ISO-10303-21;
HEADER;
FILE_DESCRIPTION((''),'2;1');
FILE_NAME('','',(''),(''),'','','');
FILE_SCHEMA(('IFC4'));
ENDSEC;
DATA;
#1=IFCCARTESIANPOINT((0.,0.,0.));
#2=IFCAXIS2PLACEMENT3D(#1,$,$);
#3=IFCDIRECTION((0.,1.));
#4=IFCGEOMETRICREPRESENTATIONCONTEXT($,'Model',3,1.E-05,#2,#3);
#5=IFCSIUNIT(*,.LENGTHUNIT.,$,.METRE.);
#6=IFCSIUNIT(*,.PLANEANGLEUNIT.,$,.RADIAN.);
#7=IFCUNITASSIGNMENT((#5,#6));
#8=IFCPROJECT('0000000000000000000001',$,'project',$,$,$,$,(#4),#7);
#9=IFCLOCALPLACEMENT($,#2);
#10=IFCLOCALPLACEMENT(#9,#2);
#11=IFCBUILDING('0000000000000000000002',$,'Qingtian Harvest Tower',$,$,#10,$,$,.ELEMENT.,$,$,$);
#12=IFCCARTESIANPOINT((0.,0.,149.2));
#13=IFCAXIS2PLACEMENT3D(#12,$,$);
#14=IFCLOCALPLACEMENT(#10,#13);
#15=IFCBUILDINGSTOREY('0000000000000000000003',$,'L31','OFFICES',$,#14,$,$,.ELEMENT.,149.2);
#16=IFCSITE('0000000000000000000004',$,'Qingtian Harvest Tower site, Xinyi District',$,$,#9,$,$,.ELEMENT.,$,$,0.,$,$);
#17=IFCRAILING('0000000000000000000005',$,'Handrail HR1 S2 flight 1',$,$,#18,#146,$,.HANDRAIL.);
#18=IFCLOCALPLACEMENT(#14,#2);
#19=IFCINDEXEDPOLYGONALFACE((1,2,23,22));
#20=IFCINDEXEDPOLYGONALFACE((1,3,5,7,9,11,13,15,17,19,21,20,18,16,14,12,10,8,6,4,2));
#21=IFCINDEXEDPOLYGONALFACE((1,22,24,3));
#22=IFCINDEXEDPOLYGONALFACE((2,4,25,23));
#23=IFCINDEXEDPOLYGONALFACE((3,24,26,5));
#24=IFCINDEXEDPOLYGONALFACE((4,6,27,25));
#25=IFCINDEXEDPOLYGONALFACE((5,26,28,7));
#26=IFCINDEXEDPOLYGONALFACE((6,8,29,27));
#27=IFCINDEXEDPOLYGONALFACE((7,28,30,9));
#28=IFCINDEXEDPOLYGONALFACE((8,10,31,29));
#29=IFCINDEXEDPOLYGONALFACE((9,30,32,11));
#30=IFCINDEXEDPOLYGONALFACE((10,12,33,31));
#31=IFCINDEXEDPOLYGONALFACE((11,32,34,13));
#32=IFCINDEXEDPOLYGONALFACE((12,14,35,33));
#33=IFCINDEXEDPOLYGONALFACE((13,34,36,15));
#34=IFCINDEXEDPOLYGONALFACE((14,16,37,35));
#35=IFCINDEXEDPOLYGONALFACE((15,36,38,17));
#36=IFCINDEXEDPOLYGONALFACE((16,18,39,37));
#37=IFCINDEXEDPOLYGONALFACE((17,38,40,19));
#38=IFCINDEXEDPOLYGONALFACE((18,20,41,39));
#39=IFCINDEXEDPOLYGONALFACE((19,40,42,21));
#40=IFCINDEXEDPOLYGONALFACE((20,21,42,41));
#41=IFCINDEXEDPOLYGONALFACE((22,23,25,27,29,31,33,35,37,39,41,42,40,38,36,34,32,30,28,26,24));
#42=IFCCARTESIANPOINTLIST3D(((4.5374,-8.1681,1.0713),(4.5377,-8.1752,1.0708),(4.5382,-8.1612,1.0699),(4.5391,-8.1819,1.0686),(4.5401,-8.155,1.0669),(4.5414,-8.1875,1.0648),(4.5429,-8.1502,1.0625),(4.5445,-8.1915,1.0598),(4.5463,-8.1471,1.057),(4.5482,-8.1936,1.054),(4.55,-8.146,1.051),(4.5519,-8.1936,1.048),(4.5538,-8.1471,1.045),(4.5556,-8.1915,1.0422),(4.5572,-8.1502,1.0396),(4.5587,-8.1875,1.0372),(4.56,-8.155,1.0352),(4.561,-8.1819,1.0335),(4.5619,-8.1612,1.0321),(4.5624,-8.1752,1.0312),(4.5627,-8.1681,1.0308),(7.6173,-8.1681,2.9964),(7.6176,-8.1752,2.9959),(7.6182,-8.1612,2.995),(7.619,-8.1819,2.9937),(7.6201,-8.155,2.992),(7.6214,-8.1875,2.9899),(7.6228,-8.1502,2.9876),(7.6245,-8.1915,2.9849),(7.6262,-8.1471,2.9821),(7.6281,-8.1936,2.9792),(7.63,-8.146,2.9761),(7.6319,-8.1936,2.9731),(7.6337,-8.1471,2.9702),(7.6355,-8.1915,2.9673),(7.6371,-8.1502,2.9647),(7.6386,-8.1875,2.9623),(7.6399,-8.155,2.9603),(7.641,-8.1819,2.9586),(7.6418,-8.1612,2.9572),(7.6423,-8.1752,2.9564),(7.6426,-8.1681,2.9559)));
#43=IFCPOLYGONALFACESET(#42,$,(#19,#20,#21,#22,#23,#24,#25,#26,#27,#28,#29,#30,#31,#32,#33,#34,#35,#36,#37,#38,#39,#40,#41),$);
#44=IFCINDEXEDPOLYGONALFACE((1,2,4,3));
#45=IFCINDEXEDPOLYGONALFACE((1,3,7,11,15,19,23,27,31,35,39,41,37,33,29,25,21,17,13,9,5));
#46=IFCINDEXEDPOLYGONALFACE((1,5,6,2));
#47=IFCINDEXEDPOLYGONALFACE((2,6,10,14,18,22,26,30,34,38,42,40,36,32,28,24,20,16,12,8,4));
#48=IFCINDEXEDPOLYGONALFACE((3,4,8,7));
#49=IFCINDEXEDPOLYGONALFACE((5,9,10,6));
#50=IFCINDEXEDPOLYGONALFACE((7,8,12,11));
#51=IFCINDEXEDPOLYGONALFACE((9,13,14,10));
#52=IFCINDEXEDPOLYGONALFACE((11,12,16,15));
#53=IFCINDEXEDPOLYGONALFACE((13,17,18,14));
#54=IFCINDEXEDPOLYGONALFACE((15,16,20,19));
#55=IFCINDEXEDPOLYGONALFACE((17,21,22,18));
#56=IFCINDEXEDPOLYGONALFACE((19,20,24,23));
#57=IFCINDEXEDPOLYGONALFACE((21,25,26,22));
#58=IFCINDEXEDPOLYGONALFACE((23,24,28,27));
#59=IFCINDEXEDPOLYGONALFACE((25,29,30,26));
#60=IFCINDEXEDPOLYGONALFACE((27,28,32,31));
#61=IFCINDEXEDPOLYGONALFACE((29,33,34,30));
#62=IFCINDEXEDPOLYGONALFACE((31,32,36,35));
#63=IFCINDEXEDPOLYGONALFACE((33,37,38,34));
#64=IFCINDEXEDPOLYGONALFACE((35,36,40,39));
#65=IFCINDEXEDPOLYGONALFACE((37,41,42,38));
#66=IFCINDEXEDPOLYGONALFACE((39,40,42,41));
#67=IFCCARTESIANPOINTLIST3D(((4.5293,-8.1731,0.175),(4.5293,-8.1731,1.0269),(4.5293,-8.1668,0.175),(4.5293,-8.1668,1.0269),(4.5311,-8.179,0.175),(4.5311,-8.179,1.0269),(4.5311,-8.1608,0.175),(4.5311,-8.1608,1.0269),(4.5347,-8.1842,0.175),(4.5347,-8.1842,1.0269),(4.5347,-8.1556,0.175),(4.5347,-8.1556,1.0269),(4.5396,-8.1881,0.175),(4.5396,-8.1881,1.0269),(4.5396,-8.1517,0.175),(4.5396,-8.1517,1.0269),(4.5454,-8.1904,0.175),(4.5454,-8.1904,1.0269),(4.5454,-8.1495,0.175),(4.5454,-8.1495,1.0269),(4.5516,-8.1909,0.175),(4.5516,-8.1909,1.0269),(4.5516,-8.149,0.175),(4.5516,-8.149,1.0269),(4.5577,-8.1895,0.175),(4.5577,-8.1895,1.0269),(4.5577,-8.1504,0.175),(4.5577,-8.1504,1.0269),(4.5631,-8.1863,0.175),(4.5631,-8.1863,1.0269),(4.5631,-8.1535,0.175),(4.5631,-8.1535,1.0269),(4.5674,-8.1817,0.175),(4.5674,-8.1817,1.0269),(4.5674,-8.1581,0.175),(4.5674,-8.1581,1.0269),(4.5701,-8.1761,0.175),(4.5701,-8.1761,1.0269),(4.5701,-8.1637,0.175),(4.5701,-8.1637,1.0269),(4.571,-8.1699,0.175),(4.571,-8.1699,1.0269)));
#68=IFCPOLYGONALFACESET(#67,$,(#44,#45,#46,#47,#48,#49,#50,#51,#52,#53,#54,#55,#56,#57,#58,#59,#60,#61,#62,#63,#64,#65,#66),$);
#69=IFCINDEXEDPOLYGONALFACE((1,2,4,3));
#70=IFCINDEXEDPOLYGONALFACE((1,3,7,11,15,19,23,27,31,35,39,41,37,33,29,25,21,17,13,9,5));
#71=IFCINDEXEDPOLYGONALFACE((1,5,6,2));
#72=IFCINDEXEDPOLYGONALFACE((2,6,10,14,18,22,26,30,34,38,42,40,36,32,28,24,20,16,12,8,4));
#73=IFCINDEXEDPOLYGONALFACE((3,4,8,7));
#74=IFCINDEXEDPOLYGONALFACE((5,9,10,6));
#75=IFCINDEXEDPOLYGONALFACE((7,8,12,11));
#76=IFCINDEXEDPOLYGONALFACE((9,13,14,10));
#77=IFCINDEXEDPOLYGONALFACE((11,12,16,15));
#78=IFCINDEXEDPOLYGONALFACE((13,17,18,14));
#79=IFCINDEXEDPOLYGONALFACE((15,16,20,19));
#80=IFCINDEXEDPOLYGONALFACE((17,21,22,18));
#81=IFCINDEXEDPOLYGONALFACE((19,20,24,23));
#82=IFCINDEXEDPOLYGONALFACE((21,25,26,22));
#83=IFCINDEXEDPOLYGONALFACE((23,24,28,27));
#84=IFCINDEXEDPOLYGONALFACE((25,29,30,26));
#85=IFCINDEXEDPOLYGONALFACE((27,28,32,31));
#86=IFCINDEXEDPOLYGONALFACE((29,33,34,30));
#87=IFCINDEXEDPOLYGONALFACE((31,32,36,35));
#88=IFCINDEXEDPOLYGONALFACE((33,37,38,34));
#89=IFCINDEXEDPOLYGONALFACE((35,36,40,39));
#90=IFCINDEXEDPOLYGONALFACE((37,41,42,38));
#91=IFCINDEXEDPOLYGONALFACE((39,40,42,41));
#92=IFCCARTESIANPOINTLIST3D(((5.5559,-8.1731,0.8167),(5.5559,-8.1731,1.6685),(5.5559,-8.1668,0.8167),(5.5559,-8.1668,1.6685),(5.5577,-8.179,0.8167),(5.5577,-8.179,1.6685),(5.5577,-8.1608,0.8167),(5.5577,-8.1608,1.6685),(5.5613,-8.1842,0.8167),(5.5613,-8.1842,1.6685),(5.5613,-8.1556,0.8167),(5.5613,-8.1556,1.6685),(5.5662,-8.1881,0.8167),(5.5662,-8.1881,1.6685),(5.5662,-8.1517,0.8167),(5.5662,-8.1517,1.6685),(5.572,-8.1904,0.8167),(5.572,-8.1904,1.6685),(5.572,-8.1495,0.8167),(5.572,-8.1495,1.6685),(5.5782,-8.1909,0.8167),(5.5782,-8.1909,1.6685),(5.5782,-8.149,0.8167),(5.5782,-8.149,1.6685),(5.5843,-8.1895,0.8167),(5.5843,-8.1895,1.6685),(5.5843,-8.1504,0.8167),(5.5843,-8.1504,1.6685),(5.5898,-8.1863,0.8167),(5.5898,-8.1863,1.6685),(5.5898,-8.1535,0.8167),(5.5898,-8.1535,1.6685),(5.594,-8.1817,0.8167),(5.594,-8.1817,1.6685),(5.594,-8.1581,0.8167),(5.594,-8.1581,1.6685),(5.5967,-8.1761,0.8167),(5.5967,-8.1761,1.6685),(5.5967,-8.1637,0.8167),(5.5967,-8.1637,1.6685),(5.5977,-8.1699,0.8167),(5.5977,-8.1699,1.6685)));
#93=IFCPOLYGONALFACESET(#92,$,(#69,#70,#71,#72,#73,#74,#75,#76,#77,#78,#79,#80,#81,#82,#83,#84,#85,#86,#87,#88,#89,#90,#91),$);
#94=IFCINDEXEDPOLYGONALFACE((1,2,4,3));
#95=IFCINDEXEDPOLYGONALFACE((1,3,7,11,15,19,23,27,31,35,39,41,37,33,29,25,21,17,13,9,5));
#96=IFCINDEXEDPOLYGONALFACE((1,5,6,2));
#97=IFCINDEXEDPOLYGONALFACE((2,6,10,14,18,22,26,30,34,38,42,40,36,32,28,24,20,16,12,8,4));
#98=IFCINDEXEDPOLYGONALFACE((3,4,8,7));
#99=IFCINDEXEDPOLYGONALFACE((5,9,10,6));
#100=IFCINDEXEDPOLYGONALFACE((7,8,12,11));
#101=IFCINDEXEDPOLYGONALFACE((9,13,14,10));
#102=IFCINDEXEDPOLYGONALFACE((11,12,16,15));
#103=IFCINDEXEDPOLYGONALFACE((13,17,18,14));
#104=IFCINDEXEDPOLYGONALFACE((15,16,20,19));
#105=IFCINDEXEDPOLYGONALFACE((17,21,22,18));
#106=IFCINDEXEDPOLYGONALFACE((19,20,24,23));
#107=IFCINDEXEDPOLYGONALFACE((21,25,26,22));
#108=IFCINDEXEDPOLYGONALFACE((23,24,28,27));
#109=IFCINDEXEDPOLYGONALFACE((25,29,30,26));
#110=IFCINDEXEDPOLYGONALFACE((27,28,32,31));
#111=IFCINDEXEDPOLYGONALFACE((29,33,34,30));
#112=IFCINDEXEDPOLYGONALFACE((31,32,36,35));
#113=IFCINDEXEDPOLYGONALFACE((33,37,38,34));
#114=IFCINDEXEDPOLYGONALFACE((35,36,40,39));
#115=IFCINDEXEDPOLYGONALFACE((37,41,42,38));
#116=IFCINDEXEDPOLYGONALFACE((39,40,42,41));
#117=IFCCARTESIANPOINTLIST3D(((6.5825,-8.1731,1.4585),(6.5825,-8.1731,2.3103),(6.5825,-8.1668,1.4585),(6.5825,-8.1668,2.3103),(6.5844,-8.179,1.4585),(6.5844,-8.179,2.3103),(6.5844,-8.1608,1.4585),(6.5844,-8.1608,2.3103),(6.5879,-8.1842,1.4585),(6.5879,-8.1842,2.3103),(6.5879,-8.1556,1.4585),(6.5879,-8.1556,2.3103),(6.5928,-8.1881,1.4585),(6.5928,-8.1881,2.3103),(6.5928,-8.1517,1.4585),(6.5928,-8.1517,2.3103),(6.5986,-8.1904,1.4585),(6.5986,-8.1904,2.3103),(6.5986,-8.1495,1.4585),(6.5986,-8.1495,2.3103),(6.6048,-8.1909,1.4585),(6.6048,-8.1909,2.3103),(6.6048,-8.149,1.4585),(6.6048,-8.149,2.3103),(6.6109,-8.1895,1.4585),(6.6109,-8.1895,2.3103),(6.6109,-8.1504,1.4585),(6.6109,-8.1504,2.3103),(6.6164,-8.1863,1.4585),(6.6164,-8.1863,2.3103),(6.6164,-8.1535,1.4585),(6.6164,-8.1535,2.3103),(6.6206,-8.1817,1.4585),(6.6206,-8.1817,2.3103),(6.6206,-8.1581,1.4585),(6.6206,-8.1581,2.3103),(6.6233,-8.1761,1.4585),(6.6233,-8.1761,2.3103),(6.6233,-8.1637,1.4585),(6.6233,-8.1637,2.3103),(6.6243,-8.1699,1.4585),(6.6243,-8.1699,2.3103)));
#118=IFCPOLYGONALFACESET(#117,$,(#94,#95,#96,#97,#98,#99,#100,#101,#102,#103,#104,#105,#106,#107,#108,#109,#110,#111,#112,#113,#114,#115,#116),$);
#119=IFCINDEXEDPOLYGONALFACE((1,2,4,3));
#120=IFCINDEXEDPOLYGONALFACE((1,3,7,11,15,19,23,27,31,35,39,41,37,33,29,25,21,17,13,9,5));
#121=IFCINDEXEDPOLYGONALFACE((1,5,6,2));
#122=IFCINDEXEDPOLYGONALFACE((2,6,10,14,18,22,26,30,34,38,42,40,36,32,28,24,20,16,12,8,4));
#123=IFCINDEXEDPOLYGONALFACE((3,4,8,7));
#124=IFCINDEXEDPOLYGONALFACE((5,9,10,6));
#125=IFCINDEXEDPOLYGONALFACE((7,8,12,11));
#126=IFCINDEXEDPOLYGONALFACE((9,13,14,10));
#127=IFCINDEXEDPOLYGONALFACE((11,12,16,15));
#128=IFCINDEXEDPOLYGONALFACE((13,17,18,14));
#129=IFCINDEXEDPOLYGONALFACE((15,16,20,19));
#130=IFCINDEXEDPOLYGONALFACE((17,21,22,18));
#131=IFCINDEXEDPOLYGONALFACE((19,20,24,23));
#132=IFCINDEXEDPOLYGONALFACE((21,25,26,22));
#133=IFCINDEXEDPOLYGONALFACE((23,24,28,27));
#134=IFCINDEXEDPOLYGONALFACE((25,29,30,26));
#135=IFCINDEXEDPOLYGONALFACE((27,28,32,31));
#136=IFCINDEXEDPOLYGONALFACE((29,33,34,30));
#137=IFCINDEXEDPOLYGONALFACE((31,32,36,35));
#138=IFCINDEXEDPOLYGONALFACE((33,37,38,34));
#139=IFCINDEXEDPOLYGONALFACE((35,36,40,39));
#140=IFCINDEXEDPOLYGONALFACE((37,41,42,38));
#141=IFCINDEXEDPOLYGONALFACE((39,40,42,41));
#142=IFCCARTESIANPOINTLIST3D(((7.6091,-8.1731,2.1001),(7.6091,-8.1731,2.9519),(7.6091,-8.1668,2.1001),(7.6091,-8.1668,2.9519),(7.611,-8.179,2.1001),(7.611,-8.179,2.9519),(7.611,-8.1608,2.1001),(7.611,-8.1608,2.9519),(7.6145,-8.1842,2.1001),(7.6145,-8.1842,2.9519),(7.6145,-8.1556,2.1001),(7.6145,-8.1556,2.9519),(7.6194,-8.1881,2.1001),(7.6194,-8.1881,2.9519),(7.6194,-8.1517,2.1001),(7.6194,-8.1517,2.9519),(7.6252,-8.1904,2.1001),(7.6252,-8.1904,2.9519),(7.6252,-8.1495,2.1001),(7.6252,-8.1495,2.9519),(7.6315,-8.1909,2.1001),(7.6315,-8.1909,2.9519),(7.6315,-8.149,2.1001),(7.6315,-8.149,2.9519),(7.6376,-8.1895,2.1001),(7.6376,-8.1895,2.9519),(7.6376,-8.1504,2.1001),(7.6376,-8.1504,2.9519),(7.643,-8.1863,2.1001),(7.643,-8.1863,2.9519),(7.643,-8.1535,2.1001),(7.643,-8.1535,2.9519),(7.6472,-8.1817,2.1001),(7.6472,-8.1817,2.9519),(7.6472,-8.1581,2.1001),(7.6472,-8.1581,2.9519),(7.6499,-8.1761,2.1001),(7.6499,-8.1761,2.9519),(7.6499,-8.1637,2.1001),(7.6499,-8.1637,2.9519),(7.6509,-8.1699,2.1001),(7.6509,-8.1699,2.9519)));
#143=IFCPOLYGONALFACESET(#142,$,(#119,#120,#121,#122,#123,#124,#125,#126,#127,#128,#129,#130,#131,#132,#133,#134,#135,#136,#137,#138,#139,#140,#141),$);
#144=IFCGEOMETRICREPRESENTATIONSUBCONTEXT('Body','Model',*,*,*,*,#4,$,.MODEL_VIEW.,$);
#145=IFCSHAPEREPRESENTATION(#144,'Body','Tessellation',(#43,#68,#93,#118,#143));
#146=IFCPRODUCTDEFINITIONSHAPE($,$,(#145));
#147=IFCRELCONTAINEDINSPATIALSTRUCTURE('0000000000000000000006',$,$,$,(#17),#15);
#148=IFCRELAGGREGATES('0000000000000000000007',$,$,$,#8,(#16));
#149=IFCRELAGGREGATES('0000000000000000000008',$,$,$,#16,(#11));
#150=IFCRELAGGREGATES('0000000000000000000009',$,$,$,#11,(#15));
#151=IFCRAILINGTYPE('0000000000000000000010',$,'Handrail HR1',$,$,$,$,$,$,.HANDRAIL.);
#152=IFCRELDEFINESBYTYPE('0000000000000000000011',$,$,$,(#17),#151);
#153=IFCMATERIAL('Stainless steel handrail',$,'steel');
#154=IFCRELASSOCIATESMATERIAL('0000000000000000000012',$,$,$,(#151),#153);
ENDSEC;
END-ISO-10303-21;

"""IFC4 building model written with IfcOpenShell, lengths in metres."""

from ifc_helpers import new_model, si_unit, direction, frame, origin, origin_2d, place, context, subcontext, project, spatial, circle, extrude, material, type_object, element, save


model = new_model("IFC4")

# Units and contexts
model_context = context("Model", 3, precision=1e-05, world=origin(), true_north=direction((0.0, 1.0)))
body_context = subcontext(model_context, "Body", "Model", "MODEL_VIEW")
ifc_project = project(units=[si_unit("LENGTHUNIT", "METRE"), si_unit("PLANEANGLEUNIT", "RADIAN")], contexts=[model_context])

# Site, building, storey
site_placement = place(None, origin())
site = spatial("IfcSite", under=ifc_project, at=site_placement, Name="Qingtian Harvest Tower site, Xinyi District", CompositionType="ELEMENT", RefElevation=0.0)
building_placement = place(site_placement, origin())
building = spatial("IfcBuilding", under=site, at=building_placement, Name="Qingtian Harvest Tower", CompositionType="ELEMENT")
storey_placement = place(building_placement, frame((0.0, 0.0, 149.2)))
storey = spatial("IfcBuildingStorey", under=building, at=storey_placement, Name="L31", Description="OFFICES", CompositionType="ELEMENT", Elevation=149.2)

# Railing
ifc_material_1 = material(Name="Stainless steel handrail", Category="steel")
railing_type = type_object("IfcRailingType", Name="Handrail HR1", PredefinedType="HANDRAIL", material=ifc_material_1)
railing_1_placement = place(storey_placement, frame((4.55, -8.1699, 0.175)))
element("IfcRailing", 1, at=railing_1_placement, inside=storey, type_object=railing_type, Name="Handrail HR1 S2 flight 1", PredefinedType="HANDRAIL", context=body_context, shape_type="SweptSolid", body=[
    extrude(circle(Radius=0.0239, at=origin_2d()), frame((0.0, 0.0, 0.876), z_axis=(0.847979, 0.0, 0.530029), x_axis=(0.0, 1.0, 0.0)), (0.0, 0.0, 1.0), 3.6321),
    extrude(circle(Radius=0.021, at=origin_2d()), origin(), (0.0, 0.0, 1.0), 0.8518),
    extrude(circle(Radius=0.021, at=origin_2d()), frame((1.0266, 0.0, 0.6416)), (0.0, 0.0, 1.0), 0.8518),
    extrude(circle(Radius=0.021, at=origin_2d()), frame((2.0532, 0.0, 1.2834)), (0.0, 0.0, 1.0), 0.8518),
    extrude(circle(Radius=0.021, at=origin_2d()), frame((3.0798, 0.0, 1.925)), (0.0, 0.0, 1.0), 0.8518),
])

save(model, "model.ifc")
